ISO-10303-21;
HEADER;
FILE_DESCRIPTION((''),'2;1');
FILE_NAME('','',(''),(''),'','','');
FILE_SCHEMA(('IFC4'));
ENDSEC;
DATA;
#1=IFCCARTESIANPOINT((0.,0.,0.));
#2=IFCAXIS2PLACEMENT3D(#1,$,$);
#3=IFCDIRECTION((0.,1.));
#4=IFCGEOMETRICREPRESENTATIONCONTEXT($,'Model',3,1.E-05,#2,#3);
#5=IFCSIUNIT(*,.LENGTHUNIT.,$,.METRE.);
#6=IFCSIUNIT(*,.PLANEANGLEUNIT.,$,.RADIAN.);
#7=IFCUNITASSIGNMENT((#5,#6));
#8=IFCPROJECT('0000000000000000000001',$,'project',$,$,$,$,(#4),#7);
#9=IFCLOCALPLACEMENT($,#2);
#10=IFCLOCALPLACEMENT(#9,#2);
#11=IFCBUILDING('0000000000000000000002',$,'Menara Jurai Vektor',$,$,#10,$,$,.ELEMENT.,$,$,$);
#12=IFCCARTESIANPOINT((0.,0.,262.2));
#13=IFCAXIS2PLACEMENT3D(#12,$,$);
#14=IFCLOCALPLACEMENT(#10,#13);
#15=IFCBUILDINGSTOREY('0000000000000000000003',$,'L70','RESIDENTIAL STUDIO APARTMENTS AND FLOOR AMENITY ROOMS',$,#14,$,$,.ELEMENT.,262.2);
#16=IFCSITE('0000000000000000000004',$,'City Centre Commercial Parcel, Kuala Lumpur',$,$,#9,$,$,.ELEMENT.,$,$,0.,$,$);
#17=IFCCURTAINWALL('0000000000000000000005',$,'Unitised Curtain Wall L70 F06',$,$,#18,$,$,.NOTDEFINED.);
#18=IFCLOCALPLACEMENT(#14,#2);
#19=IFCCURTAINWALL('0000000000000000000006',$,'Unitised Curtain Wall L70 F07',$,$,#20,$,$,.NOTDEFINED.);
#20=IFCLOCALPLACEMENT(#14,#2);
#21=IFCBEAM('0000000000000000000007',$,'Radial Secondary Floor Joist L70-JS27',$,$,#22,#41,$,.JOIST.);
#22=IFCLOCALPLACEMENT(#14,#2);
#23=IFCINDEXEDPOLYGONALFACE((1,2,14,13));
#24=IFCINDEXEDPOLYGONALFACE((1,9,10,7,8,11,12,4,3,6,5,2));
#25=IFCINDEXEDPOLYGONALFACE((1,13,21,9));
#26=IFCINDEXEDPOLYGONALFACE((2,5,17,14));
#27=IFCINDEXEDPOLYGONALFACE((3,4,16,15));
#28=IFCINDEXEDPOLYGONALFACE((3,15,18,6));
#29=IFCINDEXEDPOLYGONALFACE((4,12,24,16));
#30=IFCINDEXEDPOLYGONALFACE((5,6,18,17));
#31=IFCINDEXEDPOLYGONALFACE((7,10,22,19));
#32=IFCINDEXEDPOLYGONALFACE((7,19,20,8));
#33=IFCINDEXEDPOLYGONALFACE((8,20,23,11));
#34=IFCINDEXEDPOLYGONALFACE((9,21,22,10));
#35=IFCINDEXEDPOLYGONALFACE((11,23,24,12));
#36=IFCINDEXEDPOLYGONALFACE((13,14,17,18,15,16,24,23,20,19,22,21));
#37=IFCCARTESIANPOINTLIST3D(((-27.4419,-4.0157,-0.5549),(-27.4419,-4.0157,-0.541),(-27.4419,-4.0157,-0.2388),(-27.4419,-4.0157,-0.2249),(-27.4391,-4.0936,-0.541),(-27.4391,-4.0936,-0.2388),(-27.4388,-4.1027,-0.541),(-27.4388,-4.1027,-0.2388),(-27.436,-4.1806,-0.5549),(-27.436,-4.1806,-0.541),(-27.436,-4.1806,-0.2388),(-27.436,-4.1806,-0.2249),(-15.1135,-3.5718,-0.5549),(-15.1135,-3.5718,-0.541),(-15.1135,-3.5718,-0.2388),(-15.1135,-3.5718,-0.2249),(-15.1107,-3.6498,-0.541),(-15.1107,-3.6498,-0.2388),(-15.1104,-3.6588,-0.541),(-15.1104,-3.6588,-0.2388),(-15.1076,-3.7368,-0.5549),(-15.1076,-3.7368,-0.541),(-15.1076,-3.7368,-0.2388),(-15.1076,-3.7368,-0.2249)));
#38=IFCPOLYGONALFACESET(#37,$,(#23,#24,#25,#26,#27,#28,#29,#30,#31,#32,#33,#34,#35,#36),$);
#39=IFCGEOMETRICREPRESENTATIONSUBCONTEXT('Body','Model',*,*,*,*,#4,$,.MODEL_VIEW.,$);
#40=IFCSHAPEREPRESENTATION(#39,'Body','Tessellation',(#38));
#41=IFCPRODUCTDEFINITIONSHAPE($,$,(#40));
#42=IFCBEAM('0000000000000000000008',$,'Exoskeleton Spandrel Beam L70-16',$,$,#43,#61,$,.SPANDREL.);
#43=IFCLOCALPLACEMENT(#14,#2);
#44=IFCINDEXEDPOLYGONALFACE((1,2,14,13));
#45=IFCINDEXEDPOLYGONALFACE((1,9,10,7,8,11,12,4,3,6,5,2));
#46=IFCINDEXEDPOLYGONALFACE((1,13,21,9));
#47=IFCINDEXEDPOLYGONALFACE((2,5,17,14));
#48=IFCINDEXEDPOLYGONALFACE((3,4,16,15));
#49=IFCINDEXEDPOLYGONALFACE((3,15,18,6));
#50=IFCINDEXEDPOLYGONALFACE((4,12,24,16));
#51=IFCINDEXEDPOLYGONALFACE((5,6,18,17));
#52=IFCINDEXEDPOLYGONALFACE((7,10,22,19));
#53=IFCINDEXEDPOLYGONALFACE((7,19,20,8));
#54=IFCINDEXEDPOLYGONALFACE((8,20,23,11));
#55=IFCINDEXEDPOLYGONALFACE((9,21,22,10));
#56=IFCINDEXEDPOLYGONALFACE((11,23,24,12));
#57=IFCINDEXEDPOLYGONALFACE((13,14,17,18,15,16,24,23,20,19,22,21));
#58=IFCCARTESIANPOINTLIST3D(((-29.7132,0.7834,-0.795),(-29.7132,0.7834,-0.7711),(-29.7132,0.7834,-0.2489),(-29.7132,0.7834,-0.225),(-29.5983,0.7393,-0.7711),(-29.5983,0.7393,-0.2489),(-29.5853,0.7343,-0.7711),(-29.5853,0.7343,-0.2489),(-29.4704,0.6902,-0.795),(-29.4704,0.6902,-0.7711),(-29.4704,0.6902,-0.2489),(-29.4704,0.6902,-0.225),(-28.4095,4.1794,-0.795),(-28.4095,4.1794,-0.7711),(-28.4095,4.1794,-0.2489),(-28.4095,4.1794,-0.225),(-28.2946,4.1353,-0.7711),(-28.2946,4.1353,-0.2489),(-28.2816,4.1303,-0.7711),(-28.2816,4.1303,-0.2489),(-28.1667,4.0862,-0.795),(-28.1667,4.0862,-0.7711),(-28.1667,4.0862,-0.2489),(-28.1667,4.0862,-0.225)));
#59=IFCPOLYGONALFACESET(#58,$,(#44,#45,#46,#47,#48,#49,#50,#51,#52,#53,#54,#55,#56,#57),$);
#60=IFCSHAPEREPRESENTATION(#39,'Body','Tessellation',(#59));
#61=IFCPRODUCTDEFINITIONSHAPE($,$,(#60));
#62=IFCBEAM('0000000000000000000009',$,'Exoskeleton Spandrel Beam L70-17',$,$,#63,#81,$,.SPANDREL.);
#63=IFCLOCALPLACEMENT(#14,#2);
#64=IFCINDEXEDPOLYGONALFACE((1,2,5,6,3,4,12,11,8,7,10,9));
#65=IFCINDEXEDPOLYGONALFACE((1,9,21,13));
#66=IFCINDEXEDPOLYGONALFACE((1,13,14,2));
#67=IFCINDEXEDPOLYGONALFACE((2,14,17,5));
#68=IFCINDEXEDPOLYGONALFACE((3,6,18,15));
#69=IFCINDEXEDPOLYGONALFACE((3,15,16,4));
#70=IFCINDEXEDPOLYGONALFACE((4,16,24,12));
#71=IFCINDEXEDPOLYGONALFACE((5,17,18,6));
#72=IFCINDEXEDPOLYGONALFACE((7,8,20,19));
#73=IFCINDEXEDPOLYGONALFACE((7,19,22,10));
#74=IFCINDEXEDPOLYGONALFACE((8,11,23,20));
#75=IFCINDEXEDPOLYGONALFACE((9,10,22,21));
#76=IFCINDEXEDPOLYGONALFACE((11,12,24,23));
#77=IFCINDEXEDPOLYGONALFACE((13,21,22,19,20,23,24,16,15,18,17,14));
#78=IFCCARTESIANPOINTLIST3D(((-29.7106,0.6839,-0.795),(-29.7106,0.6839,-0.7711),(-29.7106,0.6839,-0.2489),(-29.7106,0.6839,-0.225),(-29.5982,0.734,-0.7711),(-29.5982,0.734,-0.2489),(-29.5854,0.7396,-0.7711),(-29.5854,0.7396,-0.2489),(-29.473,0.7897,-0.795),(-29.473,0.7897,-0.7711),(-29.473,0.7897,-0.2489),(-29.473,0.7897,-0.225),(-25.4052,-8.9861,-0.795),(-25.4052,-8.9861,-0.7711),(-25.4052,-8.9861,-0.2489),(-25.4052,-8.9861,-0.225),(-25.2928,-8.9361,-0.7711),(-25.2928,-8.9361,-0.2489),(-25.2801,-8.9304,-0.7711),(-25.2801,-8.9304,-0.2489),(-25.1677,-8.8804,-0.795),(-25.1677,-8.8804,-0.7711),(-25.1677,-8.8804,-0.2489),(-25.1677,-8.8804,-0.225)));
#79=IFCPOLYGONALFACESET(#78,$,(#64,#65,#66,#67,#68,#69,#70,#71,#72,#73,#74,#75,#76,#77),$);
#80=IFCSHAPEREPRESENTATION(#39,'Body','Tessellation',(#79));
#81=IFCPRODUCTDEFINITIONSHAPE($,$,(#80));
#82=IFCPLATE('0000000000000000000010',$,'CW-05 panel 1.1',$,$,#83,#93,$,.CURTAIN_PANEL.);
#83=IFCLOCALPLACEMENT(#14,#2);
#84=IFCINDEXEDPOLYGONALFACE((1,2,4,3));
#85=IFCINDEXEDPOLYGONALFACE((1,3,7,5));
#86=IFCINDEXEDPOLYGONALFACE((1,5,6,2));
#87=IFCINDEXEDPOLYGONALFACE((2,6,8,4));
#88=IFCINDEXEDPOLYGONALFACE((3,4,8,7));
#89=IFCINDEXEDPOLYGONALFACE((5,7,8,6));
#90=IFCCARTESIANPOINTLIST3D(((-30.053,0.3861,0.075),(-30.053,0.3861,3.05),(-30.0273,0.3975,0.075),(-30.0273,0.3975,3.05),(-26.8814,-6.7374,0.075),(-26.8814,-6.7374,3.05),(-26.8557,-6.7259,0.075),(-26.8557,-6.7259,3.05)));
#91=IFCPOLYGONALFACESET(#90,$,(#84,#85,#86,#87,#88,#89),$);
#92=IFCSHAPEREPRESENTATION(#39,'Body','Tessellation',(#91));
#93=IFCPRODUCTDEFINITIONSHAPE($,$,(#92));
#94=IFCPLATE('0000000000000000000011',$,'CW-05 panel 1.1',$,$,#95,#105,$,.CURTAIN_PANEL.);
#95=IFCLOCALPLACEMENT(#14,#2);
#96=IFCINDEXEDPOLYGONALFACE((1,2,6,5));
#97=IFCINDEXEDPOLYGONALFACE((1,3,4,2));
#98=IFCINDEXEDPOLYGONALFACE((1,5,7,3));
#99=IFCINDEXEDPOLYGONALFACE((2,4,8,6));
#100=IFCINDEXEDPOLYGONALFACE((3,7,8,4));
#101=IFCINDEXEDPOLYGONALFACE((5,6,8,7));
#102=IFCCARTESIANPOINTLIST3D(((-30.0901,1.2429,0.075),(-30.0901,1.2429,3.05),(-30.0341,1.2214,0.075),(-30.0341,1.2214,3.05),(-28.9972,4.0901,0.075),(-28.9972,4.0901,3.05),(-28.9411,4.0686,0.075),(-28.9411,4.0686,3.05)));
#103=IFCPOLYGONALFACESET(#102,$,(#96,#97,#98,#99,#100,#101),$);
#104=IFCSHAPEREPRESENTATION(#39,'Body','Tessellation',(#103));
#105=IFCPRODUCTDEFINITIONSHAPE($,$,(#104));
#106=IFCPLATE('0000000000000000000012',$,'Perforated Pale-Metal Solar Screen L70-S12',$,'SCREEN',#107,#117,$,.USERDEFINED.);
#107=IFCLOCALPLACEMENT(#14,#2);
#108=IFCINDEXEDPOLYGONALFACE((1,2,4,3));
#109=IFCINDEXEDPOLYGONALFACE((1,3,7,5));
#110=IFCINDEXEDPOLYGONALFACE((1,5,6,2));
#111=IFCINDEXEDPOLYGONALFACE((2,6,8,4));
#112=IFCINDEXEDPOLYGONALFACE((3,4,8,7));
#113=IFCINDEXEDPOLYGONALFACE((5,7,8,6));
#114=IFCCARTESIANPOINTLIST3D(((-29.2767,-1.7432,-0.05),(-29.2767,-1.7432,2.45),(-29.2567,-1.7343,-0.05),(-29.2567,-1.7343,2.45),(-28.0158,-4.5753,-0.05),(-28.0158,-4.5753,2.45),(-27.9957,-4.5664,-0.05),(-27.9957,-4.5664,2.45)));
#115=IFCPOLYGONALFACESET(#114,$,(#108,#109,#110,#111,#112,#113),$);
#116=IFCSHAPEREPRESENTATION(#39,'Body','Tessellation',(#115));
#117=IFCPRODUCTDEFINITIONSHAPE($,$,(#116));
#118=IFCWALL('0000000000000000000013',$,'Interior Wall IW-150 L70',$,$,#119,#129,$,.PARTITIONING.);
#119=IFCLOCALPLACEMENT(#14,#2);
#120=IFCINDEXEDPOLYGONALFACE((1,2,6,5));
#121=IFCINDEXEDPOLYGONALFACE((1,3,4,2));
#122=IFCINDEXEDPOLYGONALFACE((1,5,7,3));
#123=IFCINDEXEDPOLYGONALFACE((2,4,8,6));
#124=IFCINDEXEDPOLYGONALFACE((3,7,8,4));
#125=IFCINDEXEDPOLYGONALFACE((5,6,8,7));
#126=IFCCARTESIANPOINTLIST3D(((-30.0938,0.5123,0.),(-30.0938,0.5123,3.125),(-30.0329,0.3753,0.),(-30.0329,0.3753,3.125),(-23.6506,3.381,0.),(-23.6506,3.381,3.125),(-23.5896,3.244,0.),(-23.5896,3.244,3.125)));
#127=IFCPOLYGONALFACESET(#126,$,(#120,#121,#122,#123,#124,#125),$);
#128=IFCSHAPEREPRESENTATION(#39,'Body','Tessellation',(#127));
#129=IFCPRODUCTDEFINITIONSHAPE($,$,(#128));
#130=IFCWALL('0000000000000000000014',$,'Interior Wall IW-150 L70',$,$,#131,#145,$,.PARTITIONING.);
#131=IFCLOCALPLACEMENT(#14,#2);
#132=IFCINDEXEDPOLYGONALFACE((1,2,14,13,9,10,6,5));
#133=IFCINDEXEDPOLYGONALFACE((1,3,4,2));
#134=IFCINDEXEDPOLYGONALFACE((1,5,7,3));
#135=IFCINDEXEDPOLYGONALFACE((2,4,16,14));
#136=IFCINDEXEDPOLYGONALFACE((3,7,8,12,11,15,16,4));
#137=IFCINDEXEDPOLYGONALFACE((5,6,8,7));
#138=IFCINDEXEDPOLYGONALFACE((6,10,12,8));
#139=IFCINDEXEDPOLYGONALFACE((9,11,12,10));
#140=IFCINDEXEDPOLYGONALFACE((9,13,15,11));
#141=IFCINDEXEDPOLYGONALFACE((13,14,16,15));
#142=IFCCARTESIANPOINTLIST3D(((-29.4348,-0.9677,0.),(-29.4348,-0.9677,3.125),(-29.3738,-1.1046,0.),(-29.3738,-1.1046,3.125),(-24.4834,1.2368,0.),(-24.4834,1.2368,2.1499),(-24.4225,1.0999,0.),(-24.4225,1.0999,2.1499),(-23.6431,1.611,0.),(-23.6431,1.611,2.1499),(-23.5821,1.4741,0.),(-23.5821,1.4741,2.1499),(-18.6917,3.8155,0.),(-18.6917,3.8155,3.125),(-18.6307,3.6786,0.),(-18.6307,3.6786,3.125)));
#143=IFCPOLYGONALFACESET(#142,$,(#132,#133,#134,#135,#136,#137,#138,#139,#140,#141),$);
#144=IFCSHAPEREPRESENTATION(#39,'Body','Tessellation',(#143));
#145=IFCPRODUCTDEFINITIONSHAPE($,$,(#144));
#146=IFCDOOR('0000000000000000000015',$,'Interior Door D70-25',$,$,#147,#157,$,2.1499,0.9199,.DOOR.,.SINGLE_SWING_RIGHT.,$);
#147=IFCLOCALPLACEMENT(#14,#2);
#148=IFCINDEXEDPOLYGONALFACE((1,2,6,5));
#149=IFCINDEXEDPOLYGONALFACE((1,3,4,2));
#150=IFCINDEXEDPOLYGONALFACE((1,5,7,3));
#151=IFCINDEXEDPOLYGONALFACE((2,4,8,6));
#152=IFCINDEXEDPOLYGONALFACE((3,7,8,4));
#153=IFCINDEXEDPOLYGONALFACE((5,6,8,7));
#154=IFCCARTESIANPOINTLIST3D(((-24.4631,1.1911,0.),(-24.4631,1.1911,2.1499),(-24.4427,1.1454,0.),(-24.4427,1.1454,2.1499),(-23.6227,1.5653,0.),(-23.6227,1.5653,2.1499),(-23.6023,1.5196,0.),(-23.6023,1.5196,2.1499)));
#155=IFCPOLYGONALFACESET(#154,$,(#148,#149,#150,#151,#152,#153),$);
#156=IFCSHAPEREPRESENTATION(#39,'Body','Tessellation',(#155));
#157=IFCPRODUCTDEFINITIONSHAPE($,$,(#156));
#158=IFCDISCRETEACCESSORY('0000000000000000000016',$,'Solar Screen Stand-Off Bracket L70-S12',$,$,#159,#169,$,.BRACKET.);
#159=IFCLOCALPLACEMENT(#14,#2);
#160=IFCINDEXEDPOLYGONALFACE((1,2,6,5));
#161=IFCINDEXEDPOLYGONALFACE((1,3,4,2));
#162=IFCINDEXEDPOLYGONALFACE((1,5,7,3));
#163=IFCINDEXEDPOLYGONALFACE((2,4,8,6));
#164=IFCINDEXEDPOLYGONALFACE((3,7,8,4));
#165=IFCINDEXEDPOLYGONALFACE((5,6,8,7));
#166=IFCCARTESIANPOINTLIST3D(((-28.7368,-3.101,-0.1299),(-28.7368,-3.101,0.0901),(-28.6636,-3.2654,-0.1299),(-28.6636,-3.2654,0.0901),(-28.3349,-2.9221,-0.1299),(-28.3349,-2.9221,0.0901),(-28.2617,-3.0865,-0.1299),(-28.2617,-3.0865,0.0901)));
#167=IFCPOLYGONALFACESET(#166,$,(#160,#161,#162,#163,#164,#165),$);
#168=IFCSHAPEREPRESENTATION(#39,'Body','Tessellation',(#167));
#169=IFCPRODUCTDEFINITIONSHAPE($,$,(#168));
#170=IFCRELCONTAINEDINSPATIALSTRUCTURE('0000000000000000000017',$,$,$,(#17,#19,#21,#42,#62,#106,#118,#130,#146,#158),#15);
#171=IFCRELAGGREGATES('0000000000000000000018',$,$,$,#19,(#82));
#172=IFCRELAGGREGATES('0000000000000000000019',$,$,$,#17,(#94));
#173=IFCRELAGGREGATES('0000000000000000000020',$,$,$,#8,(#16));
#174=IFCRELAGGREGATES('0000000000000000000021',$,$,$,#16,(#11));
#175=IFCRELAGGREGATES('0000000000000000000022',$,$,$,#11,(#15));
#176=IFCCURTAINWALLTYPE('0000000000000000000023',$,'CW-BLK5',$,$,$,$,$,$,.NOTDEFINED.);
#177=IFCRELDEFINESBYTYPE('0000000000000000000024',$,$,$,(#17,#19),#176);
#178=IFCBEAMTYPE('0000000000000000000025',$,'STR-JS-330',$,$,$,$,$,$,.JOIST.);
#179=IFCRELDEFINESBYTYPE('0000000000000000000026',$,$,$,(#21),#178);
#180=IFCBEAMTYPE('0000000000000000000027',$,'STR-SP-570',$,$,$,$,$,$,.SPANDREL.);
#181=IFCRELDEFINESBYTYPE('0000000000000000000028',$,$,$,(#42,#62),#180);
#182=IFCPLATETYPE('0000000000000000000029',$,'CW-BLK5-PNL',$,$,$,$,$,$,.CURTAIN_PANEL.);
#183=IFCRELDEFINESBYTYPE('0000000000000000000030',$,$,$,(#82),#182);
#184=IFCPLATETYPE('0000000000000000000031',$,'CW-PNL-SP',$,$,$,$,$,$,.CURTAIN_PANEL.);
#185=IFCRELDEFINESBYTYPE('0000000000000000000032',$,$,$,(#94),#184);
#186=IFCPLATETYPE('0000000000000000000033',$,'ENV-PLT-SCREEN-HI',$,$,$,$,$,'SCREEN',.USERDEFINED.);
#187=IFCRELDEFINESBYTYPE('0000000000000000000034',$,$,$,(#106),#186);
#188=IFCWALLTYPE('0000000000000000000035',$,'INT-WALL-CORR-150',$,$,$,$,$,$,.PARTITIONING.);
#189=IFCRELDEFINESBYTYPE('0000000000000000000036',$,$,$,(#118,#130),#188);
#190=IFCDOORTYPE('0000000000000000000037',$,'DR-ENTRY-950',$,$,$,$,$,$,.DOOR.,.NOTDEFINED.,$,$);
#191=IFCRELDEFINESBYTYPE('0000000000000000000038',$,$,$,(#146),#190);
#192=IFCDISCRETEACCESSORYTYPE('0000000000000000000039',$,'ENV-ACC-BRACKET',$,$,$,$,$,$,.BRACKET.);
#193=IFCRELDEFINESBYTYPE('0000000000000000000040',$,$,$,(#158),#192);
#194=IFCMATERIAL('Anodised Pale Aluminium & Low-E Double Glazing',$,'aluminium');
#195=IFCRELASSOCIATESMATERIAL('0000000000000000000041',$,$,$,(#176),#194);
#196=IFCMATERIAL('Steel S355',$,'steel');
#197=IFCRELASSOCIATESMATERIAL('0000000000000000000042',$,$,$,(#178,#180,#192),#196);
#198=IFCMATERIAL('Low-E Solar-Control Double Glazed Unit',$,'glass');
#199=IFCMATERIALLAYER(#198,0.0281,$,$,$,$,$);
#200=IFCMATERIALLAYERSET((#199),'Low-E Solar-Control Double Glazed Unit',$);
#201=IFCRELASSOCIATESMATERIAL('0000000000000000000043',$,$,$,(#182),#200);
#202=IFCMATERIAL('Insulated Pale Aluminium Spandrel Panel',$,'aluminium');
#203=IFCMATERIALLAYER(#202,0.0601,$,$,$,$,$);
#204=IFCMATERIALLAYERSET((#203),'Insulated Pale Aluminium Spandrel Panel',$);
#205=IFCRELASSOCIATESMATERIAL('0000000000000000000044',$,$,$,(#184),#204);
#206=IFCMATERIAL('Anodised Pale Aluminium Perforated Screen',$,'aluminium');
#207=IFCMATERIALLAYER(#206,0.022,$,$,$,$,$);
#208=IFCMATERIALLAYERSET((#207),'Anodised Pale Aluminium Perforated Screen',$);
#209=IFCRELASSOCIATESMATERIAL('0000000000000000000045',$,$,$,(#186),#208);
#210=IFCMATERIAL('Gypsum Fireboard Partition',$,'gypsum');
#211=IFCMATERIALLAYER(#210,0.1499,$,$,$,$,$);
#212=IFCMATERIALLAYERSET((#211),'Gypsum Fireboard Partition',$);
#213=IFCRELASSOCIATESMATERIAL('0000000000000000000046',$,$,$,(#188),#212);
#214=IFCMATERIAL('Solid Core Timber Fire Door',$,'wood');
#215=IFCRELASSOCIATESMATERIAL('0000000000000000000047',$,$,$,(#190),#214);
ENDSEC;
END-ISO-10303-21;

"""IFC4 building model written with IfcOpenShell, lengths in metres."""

from ifc_helpers import new_model, si_unit, direction, frame, frame_2d, origin, origin_2d, place, context, subcontext, project, spatial, rectangle, i_section, extrude, material, layer, layer_set, material_profile, profile_set, type_object, element, fill, aggregate, save


model = new_model("IFC4")

# Units and contexts
model_context = context("Model", 3, precision=1e-05, world=origin(), true_north=direction((0.0, 1.0)))
body_context = subcontext(model_context, "Body", "Model", "MODEL_VIEW")
ifc_project = project(units=[si_unit("LENGTHUNIT", "METRE"), si_unit("PLANEANGLEUNIT", "RADIAN")], contexts=[model_context])

# Site, building, storey
site_placement = place(None, origin())
site = spatial("IfcSite", under=ifc_project, at=site_placement, Name="City Centre Commercial Parcel, Kuala Lumpur", CompositionType="ELEMENT", RefElevation=0.0)
building_placement = place(site_placement, origin())
building = spatial("IfcBuilding", under=site, at=building_placement, Name="Menara Jurai Vektor", CompositionType="ELEMENT")
storey_placement = place(building_placement, frame((0.0, 0.0, 262.2)))
storey = spatial("IfcBuildingStorey", under=building, at=storey_placement, Name="L70", Description="RESIDENTIAL STUDIO APARTMENTS AND FLOOR AMENITY ROOMS", CompositionType="ELEMENT", Elevation=262.2)

# Shared definitions
ifc_material_1 = material(Name="Anodised Pale Aluminium & Low-E Double Glazing", Category="aluminium")
curtain_wall_type = type_object("IfcCurtainWallType", Name="CW-BLK5", PredefinedType="NOTDEFINED", material=ifc_material_1)

# Curtain wall
curtain_wall_1_placement = place(storey_placement, origin())
curtain_wall_1 = element("IfcCurtainWall", 1, at=curtain_wall_1_placement, inside=storey, type_object=curtain_wall_type, Name="Unitised Curtain Wall L70 F06", PredefinedType="NOTDEFINED")

# Curtain wall
curtain_wall_2_placement = place(storey_placement, origin())
curtain_wall_2 = element("IfcCurtainWall", 2, at=curtain_wall_2_placement, inside=storey, type_object=curtain_wall_type, Name="Unitised Curtain Wall L70 F07", PredefinedType="NOTDEFINED")

# Shared definitions
ifc_material_2 = material(Name="Steel S355", Category="steel")

# Beams
ifc_material_profile_1 = material_profile(ifc_material_2, i_section(OverallWidth=0.165, OverallDepth=0.3301, WebThickness=0.009, FlangeThickness=0.0139, at=origin_2d()), Name="PG 330x165x46")
ifc_profile_set_1 = profile_set([ifc_material_profile_1], Name="Steel S355")
beam_type_1 = type_object("IfcBeamType", Name="STR-JS-330", PredefinedType="JOIST", material=ifc_profile_set_1)
beam_1_placement = place(storey_placement, frame((-27.439, -4.0981, -0.3899), z_axis=(0.999353, 0.035979, 0.0), x_axis=(-0.035979, 0.999353, 0.0)))
element("IfcBeam", 3, at=beam_1_placement, inside=storey, type_object=beam_type_1, Name="Radial Secondary Floor Joist L70-JS27", PredefinedType="JOIST", context=body_context, shape_type="SweptSolid", body=[
    extrude(i_section(OverallWidth=0.165, OverallDepth=0.3301, WebThickness=0.009, FlangeThickness=0.0139, at=origin_2d()), origin(), (0.0, 0.0, 1.0), 12.3364),
])
ifc_material_profile_2 = material_profile(ifc_material_2, i_section(OverallWidth=0.26, OverallDepth=0.5701, WebThickness=0.0139, FlangeThickness=0.0239, at=origin_2d()), Name="PG 570x260x145")
ifc_profile_set_2 = profile_set([ifc_material_profile_2], Name="Steel S355")
beam_type_2 = type_object("IfcBeamType", Name="STR-SP-570", PredefinedType="SPANDREL", material=ifc_profile_set_2)
beam_2_placement = place(storey_placement, frame((-28.2881, 4.1328, -0.51), z_axis=(-0.358394, -0.93357, 0.0), x_axis=(0.93357, -0.358394, 0.0)))
element("IfcBeam", 4, at=beam_2_placement, inside=storey, type_object=beam_type_2, Name="Exoskeleton Spandrel Beam L70-16", PredefinedType="SPANDREL", context=body_context, shape_type="SweptSolid", body=[
    extrude(i_section(OverallWidth=0.26, OverallDepth=0.5701, WebThickness=0.0139, FlangeThickness=0.0239, at=origin_2d()), origin(), (0.0, 0.0, 1.0), 3.6377),
])
beam_3_placement = place(storey_placement, frame((-29.5918, 0.7368, -0.51), z_axis=(0.406735, -0.913546, 0.0), x_axis=(0.913546, 0.406735, 0.0)))
element("IfcBeam", 5, at=beam_3_placement, inside=storey, type_object=beam_type_2, Name="Exoskeleton Spandrel Beam L70-17", PredefinedType="SPANDREL", context=body_context, shape_type="SweptSolid", body=[
    extrude(i_section(OverallWidth=0.26, OverallDepth=0.5701, WebThickness=0.0139, FlangeThickness=0.0239, at=origin_2d()), origin(), (0.0, 0.0, 1.0), 10.5852),
])

# Plates
ifc_material_3 = material(Name="Low-E Solar-Control Double Glazed Unit", Category="glass")
ifc_layer_1 = layer(ifc_material_3, 0.0281)
ifc_layer_set_1 = layer_set([ifc_layer_1], Name="Low-E Solar-Control Double Glazed Unit")
plate_type_1 = type_object("IfcPlateType", Name="CW-BLK5-PNL", PredefinedType="CURTAIN_PANEL", material=ifc_layer_set_1)
plate_1_placement = place(storey_placement, frame((-28.4543, -3.1699, 0.075), z_axis=(0.0, 0.0, 1.0), x_axis=(0.406735, -0.913546, 0.0)))
plate_1 = element("IfcPlate", 6, at=plate_1_placement, type_object=plate_type_1, Name="CW-05 panel 1.1", PredefinedType="CURTAIN_PANEL", context=body_context, shape_type="SweptSolid", body=[
    extrude(rectangle(XDim=7.7976, YDim=0.0281, at=origin_2d()), origin(), (0.0, 0.0, 1.0), 2.9751),
])
aggregate(curtain_wall_2, [plate_1])
ifc_material_4 = material(Name="Insulated Pale Aluminium Spandrel Panel", Category="aluminium")
ifc_layer_2 = layer(ifc_material_4, 0.0601)
ifc_layer_set_2 = layer_set([ifc_layer_2], Name="Insulated Pale Aluminium Spandrel Panel")
plate_type_2 = type_object("IfcPlateType", Name="CW-PNL-SP", PredefinedType="CURTAIN_PANEL", material=ifc_layer_set_2)
plate_2_placement = place(storey_placement, frame((-29.5156, 2.6558, 0.075), z_axis=(0.0, 0.0, 1.0), x_axis=(-0.358374, -0.933578, 0.0)))
plate_2 = element("IfcPlate", 7, at=plate_2_placement, type_object=plate_type_2, Name="CW-05 panel 1.1", PredefinedType="CURTAIN_PANEL", context=body_context, shape_type="SweptSolid", body=[
    extrude(rectangle(XDim=3.0498, YDim=0.0601, at=origin_2d()), origin(), (0.0, 0.0, 1.0), 2.9751),
])
aggregate(curtain_wall_1, [plate_2])
ifc_material_5 = material(Name="Anodised Pale Aluminium Perforated Screen", Category="aluminium")
ifc_layer_3 = layer(ifc_material_5, 0.022)
ifc_layer_set_3 = layer_set([ifc_layer_3], Name="Anodised Pale Aluminium Perforated Screen")
plate_type_3 = type_object("IfcPlateType", Name="ENV-PLT-SCREEN-HI", ElementType="SCREEN", PredefinedType="USERDEFINED", material=ifc_layer_set_3)
plate_3_placement = place(storey_placement, frame((-28.6362, -3.1548, -0.05), z_axis=(0.0, 0.0, 1.0), x_axis=(0.406737, -0.913545, 0.0)))
element("IfcPlate", 8, at=plate_3_placement, inside=storey, type_object=plate_type_3, Name="Perforated Pale-Metal Solar Screen L70-S12", ObjectType="SCREEN", PredefinedType="USERDEFINED", context=body_context, shape_type="SweptSolid", body=[
    extrude(rectangle(XDim=3.1001, YDim=0.022, at=origin_2d()), origin(), (0.0, 0.0, 1.0), 2.5),
])

# Wall
ifc_material_6 = material(Name="Gypsum Fireboard Partition", Category="gypsum")
ifc_layer_4 = layer(ifc_material_6, 0.1499)
ifc_layer_set_4 = layer_set([ifc_layer_4], Name="Gypsum Fireboard Partition")
wall_type = type_object("IfcWallType", Name="INT-WALL-CORR-150", PredefinedType="PARTITIONING", material=ifc_layer_set_4)
wall_1_placement = place(storey_placement, frame((-30.0632, 0.4438, 0.0), z_axis=(0.0, 0.0, 1.0), x_axis=(0.913546, 0.406736, 0.0)))
element("IfcWall", 9, at=wall_1_placement, inside=storey, type_object=wall_type, Name="Interior Wall IW-150 L70", PredefinedType="PARTITIONING", context=body_context, shape_type="SweptSolid", body=[
    extrude(rectangle(XDim=7.053, YDim=0.1499, at=frame_2d((3.5264, 0.0))), origin(), (0.0, 0.0, 1.0), 3.125),
])

# Wall, opening, door
wall_2_placement = place(storey_placement, frame((-29.4043, -1.0361, 0.0), z_axis=(0.0, 0.0, 1.0), x_axis=(0.913544, 0.406739, 0.0)))
wall_2 = element("IfcWall", 10, at=wall_2_placement, inside=storey, type_object=wall_type, Name="Interior Wall IW-150 L70", PredefinedType="PARTITIONING", context=body_context, shape_type="SweptSolid", body=[
    extrude(rectangle(XDim=11.7598, YDim=0.1499, at=frame_2d((5.8799, 0.0))), origin(), (0.0, 0.0, 1.0), 3.125),
])
opening_placement = place(wall_2_placement, frame((5.4199, 0.0, 0.0)))
opening = element("IfcOpeningElement", 11, at=opening_placement, cuts=wall_2, PredefinedType="OPENING", context=body_context, shape_type="SweptSolid", body=[
    extrude(rectangle(XDim=0.9199, YDim=2.1499, at=frame_2d((0.46, 1.075))), frame((0.0, 0.085, 0.0), z_axis=(0.0, -1.0, 0.0), x_axis=(1.0, 0.0, 0.0)), (0.0, 0.0, 1.0), 0.1699),
])
ifc_material_7 = material(Name="Solid Core Timber Fire Door", Category="wood")
door_type = type_object("IfcDoorType", Name="DR-ENTRY-950", OperationType="NOTDEFINED", PredefinedType="DOOR", material=ifc_material_7)
door_placement = place(opening_placement, origin())
door = element("IfcDoor", 12, at=door_placement, inside=storey, type_object=door_type, Name="Interior Door D70-25", OperationType="SINGLE_SWING_RIGHT", OverallHeight=2.1499, OverallWidth=0.9199, PredefinedType="DOOR", context=body_context, shape_type="SweptSolid", body=[
    extrude(rectangle(XDim=0.9199, YDim=2.1499, at=frame_2d((0.46, 1.075))), frame((0.0, 0.0249, 0.0), z_axis=(0.0, -1.0, 0.0), x_axis=(1.0, 0.0, 0.0)), (0.0, 0.0, 1.0), 0.05),
])
fill(opening, door)

# Discrete accessory
discrete_accessory_type = type_object("IfcDiscreteAccessoryType", Name="ENV-ACC-BRACKET", PredefinedType="BRACKET", material=ifc_material_2)
discrete_accessory_placement = place(storey_placement, frame((-28.4993, -3.0938, -0.1299), z_axis=(0.0, 0.0, 1.0), x_axis=(0.406737, -0.913545, 0.0)))
element("IfcDiscreteAccessory", 13, at=discrete_accessory_placement, inside=storey, type_object=discrete_accessory_type, Name="Solar Screen Stand-Off Bracket L70-S12", PredefinedType="BRACKET", context=body_context, shape_type="SweptSolid", body=[
    extrude(rectangle(XDim=0.1799, YDim=0.4399, at=origin_2d()), origin(), (0.0, 0.0, 1.0), 0.22),
])

save(model, "model.ifc")
